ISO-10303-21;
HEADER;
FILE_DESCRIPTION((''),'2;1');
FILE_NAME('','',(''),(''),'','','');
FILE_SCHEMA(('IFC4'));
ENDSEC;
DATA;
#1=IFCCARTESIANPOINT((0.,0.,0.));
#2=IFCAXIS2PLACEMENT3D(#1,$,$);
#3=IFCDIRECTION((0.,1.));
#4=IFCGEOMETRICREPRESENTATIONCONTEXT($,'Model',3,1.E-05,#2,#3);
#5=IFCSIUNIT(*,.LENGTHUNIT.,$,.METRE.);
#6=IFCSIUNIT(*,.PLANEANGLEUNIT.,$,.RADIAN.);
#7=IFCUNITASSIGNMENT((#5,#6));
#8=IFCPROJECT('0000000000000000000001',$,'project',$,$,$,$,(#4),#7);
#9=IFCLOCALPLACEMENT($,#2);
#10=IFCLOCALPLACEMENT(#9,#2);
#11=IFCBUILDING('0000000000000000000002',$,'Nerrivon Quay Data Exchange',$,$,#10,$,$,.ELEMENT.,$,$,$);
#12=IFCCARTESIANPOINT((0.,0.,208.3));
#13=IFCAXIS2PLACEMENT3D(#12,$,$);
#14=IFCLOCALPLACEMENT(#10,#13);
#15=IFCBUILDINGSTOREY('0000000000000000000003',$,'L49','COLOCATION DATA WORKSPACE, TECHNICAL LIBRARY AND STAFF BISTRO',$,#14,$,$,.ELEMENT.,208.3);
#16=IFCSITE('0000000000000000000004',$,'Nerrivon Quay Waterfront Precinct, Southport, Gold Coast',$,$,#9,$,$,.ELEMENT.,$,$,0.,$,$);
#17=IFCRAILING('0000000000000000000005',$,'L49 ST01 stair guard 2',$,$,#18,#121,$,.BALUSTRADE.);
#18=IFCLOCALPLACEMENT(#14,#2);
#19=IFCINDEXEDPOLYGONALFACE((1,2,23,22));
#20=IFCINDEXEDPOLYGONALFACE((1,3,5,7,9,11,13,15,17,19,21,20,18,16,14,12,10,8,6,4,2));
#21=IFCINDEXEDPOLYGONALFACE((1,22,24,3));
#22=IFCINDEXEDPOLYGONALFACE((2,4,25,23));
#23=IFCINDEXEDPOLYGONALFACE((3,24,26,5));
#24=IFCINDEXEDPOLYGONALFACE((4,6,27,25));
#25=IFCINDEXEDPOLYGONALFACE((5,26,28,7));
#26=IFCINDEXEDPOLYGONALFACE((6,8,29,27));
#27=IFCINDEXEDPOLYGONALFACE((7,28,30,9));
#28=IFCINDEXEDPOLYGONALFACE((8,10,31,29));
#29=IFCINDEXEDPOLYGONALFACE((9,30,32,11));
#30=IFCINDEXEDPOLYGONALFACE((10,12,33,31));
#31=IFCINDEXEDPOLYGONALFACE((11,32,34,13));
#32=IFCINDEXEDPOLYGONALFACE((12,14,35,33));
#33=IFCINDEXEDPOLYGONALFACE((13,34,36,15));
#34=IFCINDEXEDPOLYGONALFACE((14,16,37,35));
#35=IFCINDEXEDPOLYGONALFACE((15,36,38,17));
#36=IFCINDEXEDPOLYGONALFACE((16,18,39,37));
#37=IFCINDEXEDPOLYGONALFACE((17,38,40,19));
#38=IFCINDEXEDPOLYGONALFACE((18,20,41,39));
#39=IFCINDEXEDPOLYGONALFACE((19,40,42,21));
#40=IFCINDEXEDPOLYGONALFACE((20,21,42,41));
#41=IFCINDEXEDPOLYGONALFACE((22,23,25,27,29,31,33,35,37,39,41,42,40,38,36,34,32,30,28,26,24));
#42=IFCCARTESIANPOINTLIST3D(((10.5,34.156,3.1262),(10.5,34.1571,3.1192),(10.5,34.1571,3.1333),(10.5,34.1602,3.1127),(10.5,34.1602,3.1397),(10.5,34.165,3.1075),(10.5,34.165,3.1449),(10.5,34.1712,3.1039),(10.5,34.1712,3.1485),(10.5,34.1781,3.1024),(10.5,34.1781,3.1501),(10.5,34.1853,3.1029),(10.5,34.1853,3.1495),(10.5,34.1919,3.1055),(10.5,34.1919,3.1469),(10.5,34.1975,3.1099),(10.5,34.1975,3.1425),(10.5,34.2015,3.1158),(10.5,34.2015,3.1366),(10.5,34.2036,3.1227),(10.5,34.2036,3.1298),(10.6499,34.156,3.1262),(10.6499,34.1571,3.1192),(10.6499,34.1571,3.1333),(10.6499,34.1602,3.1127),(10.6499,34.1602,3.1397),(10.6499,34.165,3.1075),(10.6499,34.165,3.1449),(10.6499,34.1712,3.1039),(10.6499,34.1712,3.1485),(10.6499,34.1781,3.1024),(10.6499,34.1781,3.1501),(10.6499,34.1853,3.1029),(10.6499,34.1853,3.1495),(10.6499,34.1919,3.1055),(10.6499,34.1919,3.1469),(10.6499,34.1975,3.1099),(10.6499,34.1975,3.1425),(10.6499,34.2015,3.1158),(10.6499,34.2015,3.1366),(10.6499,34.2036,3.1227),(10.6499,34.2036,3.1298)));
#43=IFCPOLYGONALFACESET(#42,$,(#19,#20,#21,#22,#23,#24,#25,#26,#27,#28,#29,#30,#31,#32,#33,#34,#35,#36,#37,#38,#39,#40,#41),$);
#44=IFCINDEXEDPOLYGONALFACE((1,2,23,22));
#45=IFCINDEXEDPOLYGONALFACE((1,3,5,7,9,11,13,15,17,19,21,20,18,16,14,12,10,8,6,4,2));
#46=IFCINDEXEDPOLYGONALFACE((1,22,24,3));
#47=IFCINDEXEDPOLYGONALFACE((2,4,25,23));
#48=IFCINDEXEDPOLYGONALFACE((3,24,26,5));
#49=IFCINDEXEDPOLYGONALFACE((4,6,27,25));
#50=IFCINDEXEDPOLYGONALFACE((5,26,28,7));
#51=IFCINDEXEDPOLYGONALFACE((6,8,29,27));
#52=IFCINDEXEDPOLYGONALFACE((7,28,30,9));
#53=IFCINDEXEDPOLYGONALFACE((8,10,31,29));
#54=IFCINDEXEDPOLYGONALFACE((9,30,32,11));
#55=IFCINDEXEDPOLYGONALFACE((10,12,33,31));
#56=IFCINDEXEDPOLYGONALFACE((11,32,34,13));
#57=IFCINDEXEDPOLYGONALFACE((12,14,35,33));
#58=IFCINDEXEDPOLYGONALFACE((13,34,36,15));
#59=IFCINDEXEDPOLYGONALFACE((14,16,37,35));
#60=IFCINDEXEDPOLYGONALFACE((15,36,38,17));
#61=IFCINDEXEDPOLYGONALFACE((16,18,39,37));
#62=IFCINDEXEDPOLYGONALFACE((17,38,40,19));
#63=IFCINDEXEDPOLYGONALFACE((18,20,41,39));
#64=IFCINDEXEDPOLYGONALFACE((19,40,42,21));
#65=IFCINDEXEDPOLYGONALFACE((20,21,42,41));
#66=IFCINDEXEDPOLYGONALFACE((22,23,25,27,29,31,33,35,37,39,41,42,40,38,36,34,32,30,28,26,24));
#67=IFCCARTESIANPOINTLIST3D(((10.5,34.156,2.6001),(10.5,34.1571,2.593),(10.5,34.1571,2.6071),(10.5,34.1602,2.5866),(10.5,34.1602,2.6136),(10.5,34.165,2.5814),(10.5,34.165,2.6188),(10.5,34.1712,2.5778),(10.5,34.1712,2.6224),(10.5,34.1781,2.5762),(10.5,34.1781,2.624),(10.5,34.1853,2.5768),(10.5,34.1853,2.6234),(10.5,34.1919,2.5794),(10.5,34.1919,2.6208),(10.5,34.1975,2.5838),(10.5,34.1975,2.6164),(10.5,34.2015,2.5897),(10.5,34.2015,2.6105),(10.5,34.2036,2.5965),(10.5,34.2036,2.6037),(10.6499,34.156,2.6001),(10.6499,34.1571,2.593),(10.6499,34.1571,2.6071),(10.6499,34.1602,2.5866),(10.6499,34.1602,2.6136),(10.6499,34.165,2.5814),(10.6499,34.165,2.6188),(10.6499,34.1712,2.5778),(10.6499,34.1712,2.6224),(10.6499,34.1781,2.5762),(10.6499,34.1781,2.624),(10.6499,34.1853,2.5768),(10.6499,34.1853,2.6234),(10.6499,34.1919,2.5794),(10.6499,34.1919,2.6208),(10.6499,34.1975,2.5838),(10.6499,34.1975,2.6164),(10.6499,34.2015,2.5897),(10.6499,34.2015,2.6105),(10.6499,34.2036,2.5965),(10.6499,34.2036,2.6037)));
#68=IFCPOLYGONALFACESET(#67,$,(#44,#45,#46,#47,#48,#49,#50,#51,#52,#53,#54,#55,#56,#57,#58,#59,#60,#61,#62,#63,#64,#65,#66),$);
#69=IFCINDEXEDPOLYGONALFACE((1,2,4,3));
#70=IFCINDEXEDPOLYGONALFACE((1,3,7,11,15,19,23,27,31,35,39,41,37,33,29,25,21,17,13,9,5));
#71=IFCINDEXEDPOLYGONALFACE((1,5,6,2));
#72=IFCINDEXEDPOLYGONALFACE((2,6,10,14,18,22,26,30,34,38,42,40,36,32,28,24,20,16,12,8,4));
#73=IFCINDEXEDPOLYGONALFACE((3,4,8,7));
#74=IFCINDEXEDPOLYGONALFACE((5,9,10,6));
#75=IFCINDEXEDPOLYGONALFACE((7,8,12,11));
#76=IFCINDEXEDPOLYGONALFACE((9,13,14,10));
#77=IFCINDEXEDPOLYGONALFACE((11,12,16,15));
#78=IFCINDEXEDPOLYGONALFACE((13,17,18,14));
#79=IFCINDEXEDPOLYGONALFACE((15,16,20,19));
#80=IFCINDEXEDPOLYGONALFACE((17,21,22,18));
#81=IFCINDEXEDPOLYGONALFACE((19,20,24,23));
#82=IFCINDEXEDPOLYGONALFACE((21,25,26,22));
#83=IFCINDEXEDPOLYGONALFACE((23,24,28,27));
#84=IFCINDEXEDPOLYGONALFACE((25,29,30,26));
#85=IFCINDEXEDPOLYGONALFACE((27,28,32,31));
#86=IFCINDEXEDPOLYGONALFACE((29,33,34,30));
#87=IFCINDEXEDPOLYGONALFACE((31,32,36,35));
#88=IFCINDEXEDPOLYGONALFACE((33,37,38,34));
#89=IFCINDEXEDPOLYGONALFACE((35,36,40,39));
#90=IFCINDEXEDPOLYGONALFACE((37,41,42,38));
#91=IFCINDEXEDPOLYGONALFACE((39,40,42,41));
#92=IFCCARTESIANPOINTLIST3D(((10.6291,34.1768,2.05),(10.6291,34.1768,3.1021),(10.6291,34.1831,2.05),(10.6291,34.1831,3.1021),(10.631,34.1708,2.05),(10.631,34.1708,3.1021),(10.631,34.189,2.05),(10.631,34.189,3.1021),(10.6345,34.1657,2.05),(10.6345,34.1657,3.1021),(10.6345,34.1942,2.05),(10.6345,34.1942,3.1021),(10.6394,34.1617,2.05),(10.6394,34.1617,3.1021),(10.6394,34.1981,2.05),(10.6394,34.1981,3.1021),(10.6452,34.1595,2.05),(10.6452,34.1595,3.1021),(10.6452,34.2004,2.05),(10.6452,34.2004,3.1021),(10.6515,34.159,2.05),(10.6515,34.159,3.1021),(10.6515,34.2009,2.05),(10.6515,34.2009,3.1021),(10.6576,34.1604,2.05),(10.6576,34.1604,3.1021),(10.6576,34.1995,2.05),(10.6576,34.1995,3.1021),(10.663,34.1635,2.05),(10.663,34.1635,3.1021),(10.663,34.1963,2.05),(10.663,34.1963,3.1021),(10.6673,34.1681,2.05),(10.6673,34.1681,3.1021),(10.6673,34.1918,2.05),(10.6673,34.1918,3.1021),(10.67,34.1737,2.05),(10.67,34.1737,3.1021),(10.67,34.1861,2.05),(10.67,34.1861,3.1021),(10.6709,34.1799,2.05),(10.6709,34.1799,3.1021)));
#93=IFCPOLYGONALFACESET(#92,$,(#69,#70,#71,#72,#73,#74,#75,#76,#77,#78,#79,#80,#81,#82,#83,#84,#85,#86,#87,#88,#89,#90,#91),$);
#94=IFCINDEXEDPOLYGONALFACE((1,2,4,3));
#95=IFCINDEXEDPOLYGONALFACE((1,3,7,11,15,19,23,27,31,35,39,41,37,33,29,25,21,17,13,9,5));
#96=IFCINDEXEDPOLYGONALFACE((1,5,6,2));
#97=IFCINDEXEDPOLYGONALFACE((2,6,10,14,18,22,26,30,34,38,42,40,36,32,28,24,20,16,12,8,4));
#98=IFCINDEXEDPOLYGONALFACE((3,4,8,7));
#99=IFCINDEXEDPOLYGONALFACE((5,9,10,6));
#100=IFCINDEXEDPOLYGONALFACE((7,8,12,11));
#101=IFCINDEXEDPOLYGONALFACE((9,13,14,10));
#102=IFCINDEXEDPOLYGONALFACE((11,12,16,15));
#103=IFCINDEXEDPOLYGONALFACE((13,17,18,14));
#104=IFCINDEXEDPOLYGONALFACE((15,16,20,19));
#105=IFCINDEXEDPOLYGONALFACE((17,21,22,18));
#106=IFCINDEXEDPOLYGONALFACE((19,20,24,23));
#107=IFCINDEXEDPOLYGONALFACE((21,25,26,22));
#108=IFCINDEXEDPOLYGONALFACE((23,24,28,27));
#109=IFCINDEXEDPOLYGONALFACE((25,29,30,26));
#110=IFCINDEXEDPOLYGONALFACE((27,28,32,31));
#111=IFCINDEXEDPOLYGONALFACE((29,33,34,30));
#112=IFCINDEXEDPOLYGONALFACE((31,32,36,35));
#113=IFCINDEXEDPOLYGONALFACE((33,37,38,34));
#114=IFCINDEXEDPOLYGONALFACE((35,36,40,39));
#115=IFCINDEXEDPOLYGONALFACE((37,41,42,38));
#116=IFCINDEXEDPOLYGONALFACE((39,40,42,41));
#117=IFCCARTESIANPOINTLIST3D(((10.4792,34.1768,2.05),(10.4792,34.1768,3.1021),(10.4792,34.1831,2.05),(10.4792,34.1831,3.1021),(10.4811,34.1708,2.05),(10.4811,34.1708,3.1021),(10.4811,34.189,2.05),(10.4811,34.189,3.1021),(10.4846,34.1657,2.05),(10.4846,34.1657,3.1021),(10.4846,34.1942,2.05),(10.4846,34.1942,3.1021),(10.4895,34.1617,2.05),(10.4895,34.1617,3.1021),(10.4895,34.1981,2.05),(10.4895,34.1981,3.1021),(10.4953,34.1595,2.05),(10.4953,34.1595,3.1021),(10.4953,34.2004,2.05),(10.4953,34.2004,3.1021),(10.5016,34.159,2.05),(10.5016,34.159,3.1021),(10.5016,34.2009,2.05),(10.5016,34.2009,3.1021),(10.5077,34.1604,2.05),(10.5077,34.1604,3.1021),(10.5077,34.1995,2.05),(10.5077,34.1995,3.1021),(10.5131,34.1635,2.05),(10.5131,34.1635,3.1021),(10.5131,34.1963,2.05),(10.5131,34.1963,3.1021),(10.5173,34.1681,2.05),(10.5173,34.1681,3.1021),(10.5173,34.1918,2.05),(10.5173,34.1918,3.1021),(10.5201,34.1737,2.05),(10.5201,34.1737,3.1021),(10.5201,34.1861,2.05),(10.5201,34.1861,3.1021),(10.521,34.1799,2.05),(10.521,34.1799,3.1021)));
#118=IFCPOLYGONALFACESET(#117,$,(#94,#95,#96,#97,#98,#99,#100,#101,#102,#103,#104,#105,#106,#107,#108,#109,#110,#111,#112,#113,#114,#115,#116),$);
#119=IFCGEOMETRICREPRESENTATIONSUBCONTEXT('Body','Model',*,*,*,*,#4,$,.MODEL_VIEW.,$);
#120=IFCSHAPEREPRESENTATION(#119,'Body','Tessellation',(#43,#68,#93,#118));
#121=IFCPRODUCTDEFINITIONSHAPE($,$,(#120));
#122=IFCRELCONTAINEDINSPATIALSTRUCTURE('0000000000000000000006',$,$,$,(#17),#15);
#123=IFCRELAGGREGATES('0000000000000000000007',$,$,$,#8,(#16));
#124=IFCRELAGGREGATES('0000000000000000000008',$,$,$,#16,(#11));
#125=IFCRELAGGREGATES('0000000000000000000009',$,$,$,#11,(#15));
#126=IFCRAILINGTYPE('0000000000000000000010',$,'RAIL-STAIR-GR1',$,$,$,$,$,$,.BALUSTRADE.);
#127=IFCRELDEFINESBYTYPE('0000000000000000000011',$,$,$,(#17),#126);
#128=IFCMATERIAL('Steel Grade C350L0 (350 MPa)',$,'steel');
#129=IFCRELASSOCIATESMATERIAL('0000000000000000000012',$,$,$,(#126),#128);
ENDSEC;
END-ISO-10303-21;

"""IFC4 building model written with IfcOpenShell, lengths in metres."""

from ifc_helpers import new_model, si_unit, direction, frame, origin, origin_2d, place, context, subcontext, project, spatial, circle, extrude, material, type_object, element, save


model = new_model("IFC4")

# Units and contexts
model_context = context("Model", 3, precision=1e-05, world=origin(), true_north=direction((0.0, 1.0)))
body_context = subcontext(model_context, "Body", "Model", "MODEL_VIEW")
ifc_project = project(units=[si_unit("LENGTHUNIT", "METRE"), si_unit("PLANEANGLEUNIT", "RADIAN")], contexts=[model_context])

# Site, building, storey
site_placement = place(None, origin())
site = spatial("IfcSite", under=ifc_project, at=site_placement, Name="Nerrivon Quay Waterfront Precinct, Southport, Gold Coast", CompositionType="ELEMENT", RefElevation=0.0)
building_placement = place(site_placement, origin())
building = spatial("IfcBuilding", under=site, at=building_placement, Name="Nerrivon Quay Data Exchange", CompositionType="ELEMENT")
storey_placement = place(building_placement, frame((0.0, 0.0, 208.3)))
storey = spatial("IfcBuildingStorey", under=building, at=storey_placement, Name="L49", Description="COLOCATION DATA WORKSPACE, TECHNICAL LIBRARY AND STAFF BISTRO", CompositionType="ELEMENT", Elevation=208.3)

# Shared definitions
ifc_material_1 = material(Name="Steel Grade C350L0 (350 MPa)", Category="steel")

# Railing
railing_type_1 = type_object("IfcRailingType", Name="RAIL-STAIR-GR1", PredefinedType="BALUSTRADE", material=ifc_material_1)
railing_1_placement = place(storey_placement, frame((10.6499, 34.1799, 2.05)))
element("IfcRailing", 1, at=railing_1_placement, inside=storey, type_object=railing_type_1, Name="L49 ST01 stair guard 2", PredefinedType="BALUSTRADE", context=body_context, shape_type="SweptSolid", body=[
    extrude(circle(Radius=0.0239, at=origin_2d()), frame((0.0, 0.0, 1.0762), z_axis=(-1.0, 0.0, 0.0), x_axis=(0.0, -1.0, 0.0)), (0.0, 0.0, 1.0), 0.1499),
    extrude(circle(Radius=0.0239, at=origin_2d()), frame((0.0, 0.0, 0.55), z_axis=(-1.0, 0.0, 0.0), x_axis=(0.0, -1.0, 0.0)), (0.0, 0.0, 1.0), 0.1499),
    extrude(circle(Radius=0.021, at=origin_2d()), origin(), (0.0, 0.0, 1.0), 1.052),
    extrude(circle(Radius=0.021, at=origin_2d()), frame((-0.1499, 0.0, 0.0)), (0.0, 0.0, 1.0), 1.052),
])

save(model, "model.ifc")
